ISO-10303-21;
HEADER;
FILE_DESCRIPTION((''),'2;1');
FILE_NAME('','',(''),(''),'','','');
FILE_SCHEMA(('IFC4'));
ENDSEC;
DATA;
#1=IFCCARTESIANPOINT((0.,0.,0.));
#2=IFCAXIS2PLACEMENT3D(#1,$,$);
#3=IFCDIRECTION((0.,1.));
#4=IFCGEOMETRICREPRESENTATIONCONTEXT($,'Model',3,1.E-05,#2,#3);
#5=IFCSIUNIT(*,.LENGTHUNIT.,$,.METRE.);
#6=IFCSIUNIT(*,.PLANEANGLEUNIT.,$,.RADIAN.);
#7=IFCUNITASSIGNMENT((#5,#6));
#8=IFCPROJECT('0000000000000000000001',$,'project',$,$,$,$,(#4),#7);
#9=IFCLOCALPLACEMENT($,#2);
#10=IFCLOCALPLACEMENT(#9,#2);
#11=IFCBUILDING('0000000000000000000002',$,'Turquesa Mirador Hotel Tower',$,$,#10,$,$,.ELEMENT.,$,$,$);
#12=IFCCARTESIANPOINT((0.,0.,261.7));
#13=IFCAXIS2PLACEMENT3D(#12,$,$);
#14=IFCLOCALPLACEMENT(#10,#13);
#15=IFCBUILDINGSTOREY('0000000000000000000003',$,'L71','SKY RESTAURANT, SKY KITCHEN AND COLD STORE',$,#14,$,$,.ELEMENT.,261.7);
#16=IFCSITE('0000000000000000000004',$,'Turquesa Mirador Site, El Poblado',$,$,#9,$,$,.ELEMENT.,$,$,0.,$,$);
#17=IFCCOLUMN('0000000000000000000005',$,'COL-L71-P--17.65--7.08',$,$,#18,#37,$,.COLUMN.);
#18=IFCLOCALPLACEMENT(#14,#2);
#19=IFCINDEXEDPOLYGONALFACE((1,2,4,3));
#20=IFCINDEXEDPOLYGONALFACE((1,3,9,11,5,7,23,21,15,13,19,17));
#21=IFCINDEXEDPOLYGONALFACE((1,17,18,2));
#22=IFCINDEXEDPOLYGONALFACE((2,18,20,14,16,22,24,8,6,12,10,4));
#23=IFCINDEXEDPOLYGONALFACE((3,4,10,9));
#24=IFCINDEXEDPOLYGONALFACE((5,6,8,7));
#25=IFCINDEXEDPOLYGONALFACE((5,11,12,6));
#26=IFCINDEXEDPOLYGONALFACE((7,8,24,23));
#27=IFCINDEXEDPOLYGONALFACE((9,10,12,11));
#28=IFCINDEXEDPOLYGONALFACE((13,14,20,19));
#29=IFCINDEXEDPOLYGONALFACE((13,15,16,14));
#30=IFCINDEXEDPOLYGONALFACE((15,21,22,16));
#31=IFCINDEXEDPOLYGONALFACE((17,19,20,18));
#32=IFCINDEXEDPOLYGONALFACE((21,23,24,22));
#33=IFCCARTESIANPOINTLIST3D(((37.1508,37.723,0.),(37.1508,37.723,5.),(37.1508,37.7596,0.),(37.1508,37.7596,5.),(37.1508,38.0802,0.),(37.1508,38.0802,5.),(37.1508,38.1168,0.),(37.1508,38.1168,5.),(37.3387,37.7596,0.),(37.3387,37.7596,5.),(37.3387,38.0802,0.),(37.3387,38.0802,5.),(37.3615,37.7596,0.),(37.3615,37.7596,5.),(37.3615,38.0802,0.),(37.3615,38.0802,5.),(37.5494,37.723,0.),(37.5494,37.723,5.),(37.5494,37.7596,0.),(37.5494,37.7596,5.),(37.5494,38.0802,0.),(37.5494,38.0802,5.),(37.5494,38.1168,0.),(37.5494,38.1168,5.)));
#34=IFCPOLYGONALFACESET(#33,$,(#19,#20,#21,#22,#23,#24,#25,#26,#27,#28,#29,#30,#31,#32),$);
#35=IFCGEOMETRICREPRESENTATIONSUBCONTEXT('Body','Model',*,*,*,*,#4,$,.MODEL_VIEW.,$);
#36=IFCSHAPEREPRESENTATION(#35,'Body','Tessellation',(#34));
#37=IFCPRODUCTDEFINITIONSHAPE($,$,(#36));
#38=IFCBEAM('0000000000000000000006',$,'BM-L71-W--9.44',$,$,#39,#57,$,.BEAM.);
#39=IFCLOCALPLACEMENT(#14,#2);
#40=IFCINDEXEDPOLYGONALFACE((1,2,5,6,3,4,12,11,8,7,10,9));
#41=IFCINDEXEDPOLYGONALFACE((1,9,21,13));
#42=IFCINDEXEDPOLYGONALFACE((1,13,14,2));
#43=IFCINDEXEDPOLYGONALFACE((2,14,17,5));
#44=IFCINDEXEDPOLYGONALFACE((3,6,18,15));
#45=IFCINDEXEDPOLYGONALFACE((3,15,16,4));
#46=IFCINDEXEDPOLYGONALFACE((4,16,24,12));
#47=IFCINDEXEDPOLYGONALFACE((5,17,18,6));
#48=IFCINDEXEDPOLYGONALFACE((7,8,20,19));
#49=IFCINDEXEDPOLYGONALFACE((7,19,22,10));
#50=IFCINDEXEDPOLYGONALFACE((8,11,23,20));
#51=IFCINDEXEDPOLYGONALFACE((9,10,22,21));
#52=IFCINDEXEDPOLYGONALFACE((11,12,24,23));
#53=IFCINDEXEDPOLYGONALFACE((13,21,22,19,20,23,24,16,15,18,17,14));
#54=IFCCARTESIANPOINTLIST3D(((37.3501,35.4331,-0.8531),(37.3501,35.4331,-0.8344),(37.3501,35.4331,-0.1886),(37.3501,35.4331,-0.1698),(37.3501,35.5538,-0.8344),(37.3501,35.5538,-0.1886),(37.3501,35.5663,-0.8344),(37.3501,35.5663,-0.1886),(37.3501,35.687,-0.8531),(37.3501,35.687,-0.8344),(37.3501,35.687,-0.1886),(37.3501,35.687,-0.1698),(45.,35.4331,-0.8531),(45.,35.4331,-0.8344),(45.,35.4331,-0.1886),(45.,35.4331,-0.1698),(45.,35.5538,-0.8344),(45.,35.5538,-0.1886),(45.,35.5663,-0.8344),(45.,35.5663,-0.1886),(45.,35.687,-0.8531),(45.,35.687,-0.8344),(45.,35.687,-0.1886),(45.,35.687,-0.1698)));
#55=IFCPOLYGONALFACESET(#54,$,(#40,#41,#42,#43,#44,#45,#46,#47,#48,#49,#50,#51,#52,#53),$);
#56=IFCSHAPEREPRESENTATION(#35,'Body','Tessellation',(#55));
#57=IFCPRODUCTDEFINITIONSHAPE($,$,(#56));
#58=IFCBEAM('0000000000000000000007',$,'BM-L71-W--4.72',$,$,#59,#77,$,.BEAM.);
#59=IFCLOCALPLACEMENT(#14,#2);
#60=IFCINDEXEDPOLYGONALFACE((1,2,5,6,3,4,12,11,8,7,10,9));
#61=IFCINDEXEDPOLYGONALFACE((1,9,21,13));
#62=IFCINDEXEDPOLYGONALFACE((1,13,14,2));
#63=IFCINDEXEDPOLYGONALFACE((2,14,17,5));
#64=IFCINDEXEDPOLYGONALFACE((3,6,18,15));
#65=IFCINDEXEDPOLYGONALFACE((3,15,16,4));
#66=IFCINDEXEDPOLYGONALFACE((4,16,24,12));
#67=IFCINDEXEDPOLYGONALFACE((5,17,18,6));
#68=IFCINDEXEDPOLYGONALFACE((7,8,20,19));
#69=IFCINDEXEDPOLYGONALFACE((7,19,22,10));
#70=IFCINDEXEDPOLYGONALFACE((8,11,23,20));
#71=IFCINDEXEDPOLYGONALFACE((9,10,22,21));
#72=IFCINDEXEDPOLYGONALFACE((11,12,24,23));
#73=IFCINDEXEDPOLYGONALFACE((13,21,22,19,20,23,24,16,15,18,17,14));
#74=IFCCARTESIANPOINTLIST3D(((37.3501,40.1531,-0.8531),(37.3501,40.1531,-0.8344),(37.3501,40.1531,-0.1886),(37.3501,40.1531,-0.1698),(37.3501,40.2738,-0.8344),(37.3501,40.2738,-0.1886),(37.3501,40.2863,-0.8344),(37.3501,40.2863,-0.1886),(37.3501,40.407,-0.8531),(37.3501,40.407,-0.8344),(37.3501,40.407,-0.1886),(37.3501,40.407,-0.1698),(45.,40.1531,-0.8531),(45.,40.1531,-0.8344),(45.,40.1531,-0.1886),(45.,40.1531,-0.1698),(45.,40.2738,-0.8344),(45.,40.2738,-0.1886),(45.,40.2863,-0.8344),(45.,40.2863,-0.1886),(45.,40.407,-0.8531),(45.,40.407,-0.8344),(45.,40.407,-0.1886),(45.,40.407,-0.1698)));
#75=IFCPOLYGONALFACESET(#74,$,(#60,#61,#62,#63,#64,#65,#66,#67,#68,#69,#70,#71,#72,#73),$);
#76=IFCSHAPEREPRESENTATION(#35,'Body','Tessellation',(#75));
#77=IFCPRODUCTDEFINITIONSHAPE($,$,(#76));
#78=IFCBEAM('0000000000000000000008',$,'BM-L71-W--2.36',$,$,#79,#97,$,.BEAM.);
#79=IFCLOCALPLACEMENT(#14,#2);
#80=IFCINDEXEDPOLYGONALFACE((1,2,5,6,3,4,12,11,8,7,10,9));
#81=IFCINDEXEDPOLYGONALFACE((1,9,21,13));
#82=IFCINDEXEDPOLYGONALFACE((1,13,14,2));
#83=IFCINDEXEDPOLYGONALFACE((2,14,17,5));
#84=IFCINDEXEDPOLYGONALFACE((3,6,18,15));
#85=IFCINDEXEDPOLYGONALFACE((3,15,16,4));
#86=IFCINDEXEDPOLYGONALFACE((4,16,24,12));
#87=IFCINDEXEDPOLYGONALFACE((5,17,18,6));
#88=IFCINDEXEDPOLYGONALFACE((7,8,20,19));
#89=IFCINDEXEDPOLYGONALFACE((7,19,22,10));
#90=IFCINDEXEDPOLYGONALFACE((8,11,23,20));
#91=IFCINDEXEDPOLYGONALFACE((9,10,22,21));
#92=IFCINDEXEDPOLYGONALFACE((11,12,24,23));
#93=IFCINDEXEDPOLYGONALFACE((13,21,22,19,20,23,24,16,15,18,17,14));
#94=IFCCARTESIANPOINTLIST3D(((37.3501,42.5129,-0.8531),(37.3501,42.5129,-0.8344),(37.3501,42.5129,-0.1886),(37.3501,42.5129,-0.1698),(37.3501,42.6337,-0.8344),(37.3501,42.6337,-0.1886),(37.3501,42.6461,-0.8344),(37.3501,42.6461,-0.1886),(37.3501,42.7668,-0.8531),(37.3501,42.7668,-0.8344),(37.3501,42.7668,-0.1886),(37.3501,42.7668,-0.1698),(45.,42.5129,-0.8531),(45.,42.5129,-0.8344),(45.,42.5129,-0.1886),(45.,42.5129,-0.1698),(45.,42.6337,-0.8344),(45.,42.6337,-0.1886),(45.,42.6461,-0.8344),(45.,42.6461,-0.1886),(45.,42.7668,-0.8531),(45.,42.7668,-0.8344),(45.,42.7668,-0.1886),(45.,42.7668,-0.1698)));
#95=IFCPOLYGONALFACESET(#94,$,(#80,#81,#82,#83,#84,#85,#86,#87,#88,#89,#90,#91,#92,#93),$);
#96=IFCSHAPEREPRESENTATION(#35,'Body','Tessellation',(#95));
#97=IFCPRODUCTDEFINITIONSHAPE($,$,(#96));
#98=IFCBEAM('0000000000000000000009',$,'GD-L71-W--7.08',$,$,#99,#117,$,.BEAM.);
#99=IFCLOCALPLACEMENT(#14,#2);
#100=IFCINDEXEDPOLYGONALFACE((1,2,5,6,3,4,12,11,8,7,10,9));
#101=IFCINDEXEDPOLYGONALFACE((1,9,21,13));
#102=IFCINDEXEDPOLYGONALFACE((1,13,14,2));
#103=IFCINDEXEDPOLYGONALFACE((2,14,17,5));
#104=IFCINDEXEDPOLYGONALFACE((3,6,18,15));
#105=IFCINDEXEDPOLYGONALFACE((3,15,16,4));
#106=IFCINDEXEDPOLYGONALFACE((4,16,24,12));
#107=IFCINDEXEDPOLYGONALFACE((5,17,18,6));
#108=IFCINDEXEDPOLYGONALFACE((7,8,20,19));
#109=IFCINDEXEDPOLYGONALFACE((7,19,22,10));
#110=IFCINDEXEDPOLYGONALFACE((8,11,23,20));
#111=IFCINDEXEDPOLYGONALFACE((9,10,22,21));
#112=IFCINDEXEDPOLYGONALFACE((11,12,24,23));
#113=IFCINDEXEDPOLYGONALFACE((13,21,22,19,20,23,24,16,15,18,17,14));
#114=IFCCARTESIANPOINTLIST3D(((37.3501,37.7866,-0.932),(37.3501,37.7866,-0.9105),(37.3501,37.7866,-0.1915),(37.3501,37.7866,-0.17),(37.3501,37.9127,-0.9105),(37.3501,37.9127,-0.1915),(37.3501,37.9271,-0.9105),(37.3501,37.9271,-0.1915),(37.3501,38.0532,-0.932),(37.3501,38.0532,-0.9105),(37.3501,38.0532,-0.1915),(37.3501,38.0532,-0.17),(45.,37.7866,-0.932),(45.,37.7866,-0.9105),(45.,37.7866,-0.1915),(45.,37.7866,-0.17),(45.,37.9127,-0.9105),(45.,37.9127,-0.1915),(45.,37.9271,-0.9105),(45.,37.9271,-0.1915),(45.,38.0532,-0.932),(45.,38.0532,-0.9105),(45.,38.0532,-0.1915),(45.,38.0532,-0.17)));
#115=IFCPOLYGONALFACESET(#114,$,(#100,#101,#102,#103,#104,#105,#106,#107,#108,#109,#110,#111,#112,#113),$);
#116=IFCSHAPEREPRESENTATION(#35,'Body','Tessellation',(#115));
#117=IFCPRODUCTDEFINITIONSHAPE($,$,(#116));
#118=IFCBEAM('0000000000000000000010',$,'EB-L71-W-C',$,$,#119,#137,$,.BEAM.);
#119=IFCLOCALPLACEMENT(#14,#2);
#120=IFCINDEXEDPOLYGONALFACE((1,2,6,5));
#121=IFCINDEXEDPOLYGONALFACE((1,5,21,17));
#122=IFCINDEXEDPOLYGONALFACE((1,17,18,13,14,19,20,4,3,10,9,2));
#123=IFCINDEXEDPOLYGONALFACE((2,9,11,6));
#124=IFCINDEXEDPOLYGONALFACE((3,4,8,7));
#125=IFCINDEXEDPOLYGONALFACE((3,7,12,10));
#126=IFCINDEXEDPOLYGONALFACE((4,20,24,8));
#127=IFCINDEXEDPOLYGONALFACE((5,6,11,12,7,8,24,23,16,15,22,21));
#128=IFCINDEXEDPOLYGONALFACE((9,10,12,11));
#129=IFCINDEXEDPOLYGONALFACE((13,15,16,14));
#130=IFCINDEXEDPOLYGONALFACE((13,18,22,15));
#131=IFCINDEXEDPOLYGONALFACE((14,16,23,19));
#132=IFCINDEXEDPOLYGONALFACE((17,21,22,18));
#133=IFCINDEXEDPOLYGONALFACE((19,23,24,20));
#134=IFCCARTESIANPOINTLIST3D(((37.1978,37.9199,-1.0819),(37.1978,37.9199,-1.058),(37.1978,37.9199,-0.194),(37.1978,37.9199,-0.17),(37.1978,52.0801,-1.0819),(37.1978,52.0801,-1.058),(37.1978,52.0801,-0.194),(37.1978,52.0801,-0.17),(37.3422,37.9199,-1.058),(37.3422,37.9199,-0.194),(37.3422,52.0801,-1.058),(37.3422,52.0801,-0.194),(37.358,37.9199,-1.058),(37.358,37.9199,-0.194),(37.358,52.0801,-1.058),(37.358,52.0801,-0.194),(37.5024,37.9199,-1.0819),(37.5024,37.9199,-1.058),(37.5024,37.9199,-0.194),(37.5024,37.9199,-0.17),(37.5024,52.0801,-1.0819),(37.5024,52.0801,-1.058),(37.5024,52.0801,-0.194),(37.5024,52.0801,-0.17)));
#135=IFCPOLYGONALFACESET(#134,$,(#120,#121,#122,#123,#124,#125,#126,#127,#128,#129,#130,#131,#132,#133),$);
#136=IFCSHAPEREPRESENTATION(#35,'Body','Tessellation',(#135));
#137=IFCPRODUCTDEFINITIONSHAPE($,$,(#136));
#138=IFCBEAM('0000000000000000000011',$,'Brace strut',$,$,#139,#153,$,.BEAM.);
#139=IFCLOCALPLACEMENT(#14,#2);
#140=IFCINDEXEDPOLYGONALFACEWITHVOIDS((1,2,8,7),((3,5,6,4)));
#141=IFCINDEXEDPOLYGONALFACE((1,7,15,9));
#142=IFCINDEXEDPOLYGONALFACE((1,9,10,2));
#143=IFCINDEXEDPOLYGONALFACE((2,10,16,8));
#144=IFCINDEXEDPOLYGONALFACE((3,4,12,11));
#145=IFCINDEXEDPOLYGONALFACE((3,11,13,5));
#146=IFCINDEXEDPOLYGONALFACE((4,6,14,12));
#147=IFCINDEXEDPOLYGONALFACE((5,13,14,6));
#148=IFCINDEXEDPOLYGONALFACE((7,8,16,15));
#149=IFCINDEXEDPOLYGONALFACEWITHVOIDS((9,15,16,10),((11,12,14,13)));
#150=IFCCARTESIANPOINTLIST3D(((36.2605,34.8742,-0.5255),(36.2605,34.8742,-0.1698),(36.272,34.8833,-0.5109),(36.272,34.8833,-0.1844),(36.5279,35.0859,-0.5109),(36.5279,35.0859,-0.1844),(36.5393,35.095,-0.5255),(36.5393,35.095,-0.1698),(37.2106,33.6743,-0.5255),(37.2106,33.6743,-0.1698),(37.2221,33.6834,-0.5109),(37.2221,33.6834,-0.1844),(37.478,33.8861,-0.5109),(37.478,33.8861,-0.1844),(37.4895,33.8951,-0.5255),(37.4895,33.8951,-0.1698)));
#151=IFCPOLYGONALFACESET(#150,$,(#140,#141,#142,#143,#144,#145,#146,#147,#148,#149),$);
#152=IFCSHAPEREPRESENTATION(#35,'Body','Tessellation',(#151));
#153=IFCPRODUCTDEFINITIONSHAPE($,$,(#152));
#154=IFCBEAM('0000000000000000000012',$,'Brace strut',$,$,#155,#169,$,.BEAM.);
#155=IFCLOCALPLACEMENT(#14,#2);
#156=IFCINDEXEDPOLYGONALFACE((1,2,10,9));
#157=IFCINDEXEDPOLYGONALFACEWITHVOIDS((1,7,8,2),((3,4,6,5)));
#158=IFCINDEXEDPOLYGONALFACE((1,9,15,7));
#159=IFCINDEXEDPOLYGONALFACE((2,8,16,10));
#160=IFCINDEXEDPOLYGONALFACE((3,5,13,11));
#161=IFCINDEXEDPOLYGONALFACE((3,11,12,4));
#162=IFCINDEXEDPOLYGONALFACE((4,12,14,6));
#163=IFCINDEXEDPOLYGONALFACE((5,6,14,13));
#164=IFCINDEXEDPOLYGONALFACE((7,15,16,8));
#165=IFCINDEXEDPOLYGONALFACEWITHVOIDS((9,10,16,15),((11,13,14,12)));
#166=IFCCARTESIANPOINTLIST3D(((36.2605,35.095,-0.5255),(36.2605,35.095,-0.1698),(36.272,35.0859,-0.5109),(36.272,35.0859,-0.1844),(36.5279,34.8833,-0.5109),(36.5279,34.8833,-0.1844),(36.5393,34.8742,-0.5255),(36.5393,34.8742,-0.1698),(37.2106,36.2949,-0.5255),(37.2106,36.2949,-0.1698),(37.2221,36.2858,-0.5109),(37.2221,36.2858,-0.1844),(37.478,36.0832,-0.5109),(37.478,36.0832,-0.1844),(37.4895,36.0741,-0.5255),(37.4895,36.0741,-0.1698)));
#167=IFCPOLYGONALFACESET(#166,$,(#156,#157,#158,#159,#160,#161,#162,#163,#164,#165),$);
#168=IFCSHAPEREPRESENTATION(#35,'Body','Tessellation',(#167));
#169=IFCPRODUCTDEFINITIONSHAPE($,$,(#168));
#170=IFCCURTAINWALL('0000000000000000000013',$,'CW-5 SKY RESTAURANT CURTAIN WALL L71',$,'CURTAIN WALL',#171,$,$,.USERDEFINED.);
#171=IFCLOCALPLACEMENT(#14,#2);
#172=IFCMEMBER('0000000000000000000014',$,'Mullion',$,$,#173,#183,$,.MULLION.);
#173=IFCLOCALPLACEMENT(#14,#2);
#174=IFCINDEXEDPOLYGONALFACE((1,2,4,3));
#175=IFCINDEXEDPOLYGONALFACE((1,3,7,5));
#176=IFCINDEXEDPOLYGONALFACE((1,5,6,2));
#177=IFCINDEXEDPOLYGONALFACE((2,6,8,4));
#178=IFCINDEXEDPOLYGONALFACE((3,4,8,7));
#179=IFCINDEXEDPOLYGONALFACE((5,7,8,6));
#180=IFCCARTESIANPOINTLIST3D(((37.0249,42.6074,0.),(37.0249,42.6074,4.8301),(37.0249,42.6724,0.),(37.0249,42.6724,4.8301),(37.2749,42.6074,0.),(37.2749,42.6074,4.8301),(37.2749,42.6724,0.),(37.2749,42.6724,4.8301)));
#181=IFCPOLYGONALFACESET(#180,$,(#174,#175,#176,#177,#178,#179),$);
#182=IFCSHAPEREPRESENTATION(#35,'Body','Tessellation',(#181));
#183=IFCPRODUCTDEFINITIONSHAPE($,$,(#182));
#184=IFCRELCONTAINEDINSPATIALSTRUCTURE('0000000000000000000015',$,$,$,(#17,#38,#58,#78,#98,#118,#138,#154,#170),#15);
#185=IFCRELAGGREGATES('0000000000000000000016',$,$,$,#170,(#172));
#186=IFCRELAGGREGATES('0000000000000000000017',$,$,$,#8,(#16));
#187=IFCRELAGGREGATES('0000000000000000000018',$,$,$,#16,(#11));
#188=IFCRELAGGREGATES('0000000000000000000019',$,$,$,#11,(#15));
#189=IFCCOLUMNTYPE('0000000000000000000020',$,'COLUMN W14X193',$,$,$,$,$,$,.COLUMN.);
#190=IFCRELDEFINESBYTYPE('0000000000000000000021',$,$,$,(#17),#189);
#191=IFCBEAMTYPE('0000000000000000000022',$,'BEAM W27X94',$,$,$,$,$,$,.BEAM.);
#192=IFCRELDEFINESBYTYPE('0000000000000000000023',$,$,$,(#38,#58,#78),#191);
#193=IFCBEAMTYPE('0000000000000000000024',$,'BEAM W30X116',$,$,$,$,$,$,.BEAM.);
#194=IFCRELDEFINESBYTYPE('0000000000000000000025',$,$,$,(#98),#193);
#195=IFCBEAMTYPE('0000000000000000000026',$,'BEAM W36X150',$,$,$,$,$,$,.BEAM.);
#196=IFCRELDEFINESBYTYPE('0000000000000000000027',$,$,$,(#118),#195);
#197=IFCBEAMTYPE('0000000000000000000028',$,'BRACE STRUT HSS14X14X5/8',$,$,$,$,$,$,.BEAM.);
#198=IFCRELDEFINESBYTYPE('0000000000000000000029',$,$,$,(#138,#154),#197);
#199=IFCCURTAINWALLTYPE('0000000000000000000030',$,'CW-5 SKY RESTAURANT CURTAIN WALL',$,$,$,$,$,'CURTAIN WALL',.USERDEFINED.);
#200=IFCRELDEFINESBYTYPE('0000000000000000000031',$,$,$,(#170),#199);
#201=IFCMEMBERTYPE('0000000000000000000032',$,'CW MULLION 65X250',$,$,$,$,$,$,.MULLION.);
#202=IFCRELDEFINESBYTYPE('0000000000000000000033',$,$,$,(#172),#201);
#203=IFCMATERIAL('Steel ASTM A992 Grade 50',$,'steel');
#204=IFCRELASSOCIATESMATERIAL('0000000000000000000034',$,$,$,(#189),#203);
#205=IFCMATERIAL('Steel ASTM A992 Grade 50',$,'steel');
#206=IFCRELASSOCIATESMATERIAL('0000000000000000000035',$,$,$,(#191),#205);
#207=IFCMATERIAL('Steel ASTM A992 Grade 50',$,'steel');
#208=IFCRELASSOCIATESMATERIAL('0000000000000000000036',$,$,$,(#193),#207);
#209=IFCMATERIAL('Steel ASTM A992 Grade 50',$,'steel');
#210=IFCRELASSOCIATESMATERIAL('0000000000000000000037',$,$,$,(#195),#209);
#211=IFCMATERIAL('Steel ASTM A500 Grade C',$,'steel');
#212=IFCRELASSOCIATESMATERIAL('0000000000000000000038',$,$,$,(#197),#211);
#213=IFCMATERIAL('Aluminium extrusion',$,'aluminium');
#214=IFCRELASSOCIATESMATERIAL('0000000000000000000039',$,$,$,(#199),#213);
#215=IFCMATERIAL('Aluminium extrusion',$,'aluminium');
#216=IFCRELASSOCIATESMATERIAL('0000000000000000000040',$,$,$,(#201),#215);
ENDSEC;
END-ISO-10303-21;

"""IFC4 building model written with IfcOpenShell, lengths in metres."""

from ifc_helpers import new_model, si_unit, direction, frame, origin, origin_2d, place, context, subcontext, project, spatial, rectangle, hollow_rectangle, i_section, extrude, material, material_profile, profile_set, type_object, element, aggregate, save


model = new_model("IFC4")

# Units and contexts
model_context = context("Model", 3, precision=1e-05, world=origin(), true_north=direction((0.0, 1.0)))
body_context = subcontext(model_context, "Body", "Model", "MODEL_VIEW")
ifc_project = project(units=[si_unit("LENGTHUNIT", "METRE"), si_unit("PLANEANGLEUNIT", "RADIAN")], contexts=[model_context])

# Site, building, storey
site_placement = place(None, origin())
site = spatial("IfcSite", under=ifc_project, at=site_placement, Name="Turquesa Mirador Site, El Poblado", CompositionType="ELEMENT", RefElevation=0.0)
building_placement = place(site_placement, origin())
building = spatial("IfcBuilding", under=site, at=building_placement, Name="Turquesa Mirador Hotel Tower", CompositionType="ELEMENT")
storey_placement = place(building_placement, frame((0.0, 0.0, 261.7)))
storey = spatial("IfcBuildingStorey", under=building, at=storey_placement, Name="L71", Description="SKY RESTAURANT, SKY KITCHEN AND COLD STORE", CompositionType="ELEMENT", Elevation=261.7)

# Column
ifc_material_1 = material(Name="Steel ASTM A992 Grade 50", Category="steel")
ifc_material_profile_1 = material_profile(ifc_material_1, i_section(OverallWidth=0.3987, OverallDepth=0.3938, WebThickness=0.0227, FlangeThickness=0.0366, at=origin_2d()), Name="W14X193")
ifc_profile_set_1 = profile_set([ifc_material_profile_1], Name="Steel ASTM A992 Grade 50")
column_type = type_object("IfcColumnType", Name="COLUMN W14X193", PredefinedType="COLUMN", material=ifc_profile_set_1)
column_placement = place(storey_placement, frame((37.3501, 37.9199, 0.0), z_axis=(0.0, 0.0, 1.0), x_axis=(1.0, 0.0, 0.0)))
element("IfcColumn", 1, at=column_placement, inside=storey, type_object=column_type, Name="COL-L71-P--17.65--7.08", PredefinedType="COLUMN", context=body_context, shape_type="SweptSolid", body=[
    extrude(i_section(OverallWidth=0.3987, OverallDepth=0.3938, WebThickness=0.0227, FlangeThickness=0.0366, at=origin_2d()), origin(), (0.0, 0.0, 1.0), 5.0),
])

# Beams
ifc_material_2 = material(Name="Steel ASTM A992 Grade 50", Category="steel")
ifc_material_profile_2 = material_profile(ifc_material_2, i_section(OverallWidth=0.2539, OverallDepth=0.6833, WebThickness=0.0125, FlangeThickness=0.0188, at=origin_2d()), Name="W27X94")
ifc_profile_set_2 = profile_set([ifc_material_profile_2], Name="Steel ASTM A992 Grade 50")
beam_type_1 = type_object("IfcBeamType", Name="BEAM W27X94", PredefinedType="BEAM", material=ifc_profile_set_2)
for number, where, z_axis, x_axis, name in (
    (2, (37.3501, 35.5601, -0.5115), (1.0, 0.0, 0.0), (0.0, 1.0, 0.0), "BM-L71-W--9.44"),
    (3, (37.3501, 40.28, -0.5115), (1.0, 0.0, 0.0), (0.0, 1.0, 0.0), "BM-L71-W--4.72"),
    (4, (37.3501, 42.6399, -0.5115), (1.0, 0.0, 0.0), (0.0, 1.0, 0.0), "BM-L71-W--2.36"),
):
    element("IfcBeam", number, at=place(storey_placement, frame(where, z_axis=z_axis, x_axis=x_axis)), inside=storey, type_object=beam_type_1, Name=name, PredefinedType="BEAM", context=body_context, shape_type="SweptSolid", body=[
        extrude(i_section(OverallWidth=0.2539, OverallDepth=0.6833, WebThickness=0.0125, FlangeThickness=0.0188, at=origin_2d()), origin(), (0.0, 0.0, 1.0), 7.6499),
    ])
ifc_material_3 = material(Name="Steel ASTM A992 Grade 50", Category="steel")
ifc_material_profile_3 = material_profile(ifc_material_3, i_section(OverallWidth=0.2666, OverallDepth=0.762, WebThickness=0.0144, FlangeThickness=0.0215, at=origin_2d()), Name="W30X116")
ifc_profile_set_3 = profile_set([ifc_material_profile_3], Name="Steel ASTM A992 Grade 50")
beam_type_2 = type_object("IfcBeamType", Name="BEAM W30X116", PredefinedType="BEAM", material=ifc_profile_set_3)
beam_1_placement = place(storey_placement, frame((37.3501, 37.9199, -0.551), z_axis=(1.0, 0.0, 0.0), x_axis=(0.0, 1.0, 0.0)))
element("IfcBeam", 5, at=beam_1_placement, inside=storey, type_object=beam_type_2, Name="GD-L71-W--7.08", PredefinedType="BEAM", context=body_context, shape_type="SweptSolid", body=[
    extrude(i_section(OverallWidth=0.2666, OverallDepth=0.762, WebThickness=0.0144, FlangeThickness=0.0215, at=origin_2d()), origin(), (0.0, 0.0, 1.0), 7.6499),
])
ifc_material_4 = material(Name="Steel ASTM A992 Grade 50", Category="steel")
ifc_material_profile_4 = material_profile(ifc_material_4, i_section(OverallWidth=0.3047, OverallDepth=0.9119, WebThickness=0.0159, FlangeThickness=0.0239, at=origin_2d()), Name="W36X150")
ifc_profile_set_4 = profile_set([ifc_material_profile_4], Name="Steel ASTM A992 Grade 50")
beam_type_3 = type_object("IfcBeamType", Name="BEAM W36X150", PredefinedType="BEAM", material=ifc_profile_set_4)
beam_2_placement = place(storey_placement, frame((37.3501, 37.9199, -0.626), z_axis=(0.0, 1.0, 0.0), x_axis=(-1.0, 0.0, 0.0)))
element("IfcBeam", 6, at=beam_2_placement, inside=storey, type_object=beam_type_3, Name="EB-L71-W-C", PredefinedType="BEAM", context=body_context, shape_type="SweptSolid", body=[
    extrude(i_section(OverallWidth=0.3047, OverallDepth=0.9119, WebThickness=0.0159, FlangeThickness=0.0239, at=origin_2d()), origin(), (0.0, 0.0, 1.0), 14.1602),
])
ifc_material_5 = material(Name="Steel ASTM A500 Grade C", Category="steel")
ifc_material_profile_5 = material_profile(ifc_material_5, hollow_rectangle(XDim=0.3557, YDim=0.3557, WallThickness=0.0146, at=origin_2d()), Name="HSS14X14X5/8")
ifc_profile_set_5 = profile_set([ifc_material_profile_5], Name="Steel ASTM A500 Grade C")
beam_type_4 = type_object("IfcBeamType", Name="BRACE STRUT HSS14X14X5/8", PredefinedType="BEAM", material=ifc_profile_set_5)
for number, where, z_axis, x_axis, name in (
    (7, (36.3999, 34.9846, -0.3477), (0.620797, -0.783971, 0.0), (0.783971, 0.620797, 0.0), "Brace strut"),
    (8, (36.3999, 34.9846, -0.3477), (0.620797, 0.783971, 0.0), (-0.783971, 0.620797, 0.0), "Brace strut"),
):
    element("IfcBeam", number, at=place(storey_placement, frame(where, z_axis=z_axis, x_axis=x_axis)), inside=storey, type_object=beam_type_4, Name=name, PredefinedType="BEAM", context=body_context, shape_type="SweptSolid", body=[
        extrude(hollow_rectangle(XDim=0.3557, YDim=0.3557, WallThickness=0.0146, at=origin_2d()), origin(), (0.0, 0.0, 1.0), 1.5305),
    ])

# Curtain wall, member
ifc_material_6 = material(Name="Aluminium extrusion", Category="aluminium")
curtain_wall_type = type_object("IfcCurtainWallType", Name="CW-5 SKY RESTAURANT CURTAIN WALL", ElementType="CURTAIN WALL", PredefinedType="USERDEFINED", material=ifc_material_6)
curtain_wall_1_placement = place(storey_placement, origin())
curtain_wall_1 = element("IfcCurtainWall", 9, at=curtain_wall_1_placement, inside=storey, type_object=curtain_wall_type, Name="CW-5 SKY RESTAURANT CURTAIN WALL L71", ObjectType="CURTAIN WALL", PredefinedType="USERDEFINED")
ifc_material_7 = material(Name="Aluminium extrusion", Category="aluminium")
ifc_material_profile_6 = material_profile(ifc_material_7, rectangle(XDim=0.0649, YDim=0.25, at=origin_2d()), Name="MULLION 65X250")
ifc_profile_set_6 = profile_set([ifc_material_profile_6], Name="Aluminium extrusion")
member_type_1 = type_object("IfcMemberType", Name="CW MULLION 65X250", PredefinedType="MULLION", material=ifc_profile_set_6)
member_1_placement = place(storey_placement, frame((37.1499, 42.6399, 0.0), z_axis=(0.0, 0.0, 1.0), x_axis=(0.0, -1.0, 0.0)))
member_1 = element("IfcMember", 10, at=member_1_placement, type_object=member_type_1, Name="Mullion", PredefinedType="MULLION", context=body_context, shape_type="SweptSolid", body=[
    extrude(rectangle(XDim=0.0649, YDim=0.25, at=origin_2d()), origin(), (0.0, 0.0, 1.0), 4.8301),
])

aggregate(curtain_wall_1, [member_1])

save(model, "model.ifc")
